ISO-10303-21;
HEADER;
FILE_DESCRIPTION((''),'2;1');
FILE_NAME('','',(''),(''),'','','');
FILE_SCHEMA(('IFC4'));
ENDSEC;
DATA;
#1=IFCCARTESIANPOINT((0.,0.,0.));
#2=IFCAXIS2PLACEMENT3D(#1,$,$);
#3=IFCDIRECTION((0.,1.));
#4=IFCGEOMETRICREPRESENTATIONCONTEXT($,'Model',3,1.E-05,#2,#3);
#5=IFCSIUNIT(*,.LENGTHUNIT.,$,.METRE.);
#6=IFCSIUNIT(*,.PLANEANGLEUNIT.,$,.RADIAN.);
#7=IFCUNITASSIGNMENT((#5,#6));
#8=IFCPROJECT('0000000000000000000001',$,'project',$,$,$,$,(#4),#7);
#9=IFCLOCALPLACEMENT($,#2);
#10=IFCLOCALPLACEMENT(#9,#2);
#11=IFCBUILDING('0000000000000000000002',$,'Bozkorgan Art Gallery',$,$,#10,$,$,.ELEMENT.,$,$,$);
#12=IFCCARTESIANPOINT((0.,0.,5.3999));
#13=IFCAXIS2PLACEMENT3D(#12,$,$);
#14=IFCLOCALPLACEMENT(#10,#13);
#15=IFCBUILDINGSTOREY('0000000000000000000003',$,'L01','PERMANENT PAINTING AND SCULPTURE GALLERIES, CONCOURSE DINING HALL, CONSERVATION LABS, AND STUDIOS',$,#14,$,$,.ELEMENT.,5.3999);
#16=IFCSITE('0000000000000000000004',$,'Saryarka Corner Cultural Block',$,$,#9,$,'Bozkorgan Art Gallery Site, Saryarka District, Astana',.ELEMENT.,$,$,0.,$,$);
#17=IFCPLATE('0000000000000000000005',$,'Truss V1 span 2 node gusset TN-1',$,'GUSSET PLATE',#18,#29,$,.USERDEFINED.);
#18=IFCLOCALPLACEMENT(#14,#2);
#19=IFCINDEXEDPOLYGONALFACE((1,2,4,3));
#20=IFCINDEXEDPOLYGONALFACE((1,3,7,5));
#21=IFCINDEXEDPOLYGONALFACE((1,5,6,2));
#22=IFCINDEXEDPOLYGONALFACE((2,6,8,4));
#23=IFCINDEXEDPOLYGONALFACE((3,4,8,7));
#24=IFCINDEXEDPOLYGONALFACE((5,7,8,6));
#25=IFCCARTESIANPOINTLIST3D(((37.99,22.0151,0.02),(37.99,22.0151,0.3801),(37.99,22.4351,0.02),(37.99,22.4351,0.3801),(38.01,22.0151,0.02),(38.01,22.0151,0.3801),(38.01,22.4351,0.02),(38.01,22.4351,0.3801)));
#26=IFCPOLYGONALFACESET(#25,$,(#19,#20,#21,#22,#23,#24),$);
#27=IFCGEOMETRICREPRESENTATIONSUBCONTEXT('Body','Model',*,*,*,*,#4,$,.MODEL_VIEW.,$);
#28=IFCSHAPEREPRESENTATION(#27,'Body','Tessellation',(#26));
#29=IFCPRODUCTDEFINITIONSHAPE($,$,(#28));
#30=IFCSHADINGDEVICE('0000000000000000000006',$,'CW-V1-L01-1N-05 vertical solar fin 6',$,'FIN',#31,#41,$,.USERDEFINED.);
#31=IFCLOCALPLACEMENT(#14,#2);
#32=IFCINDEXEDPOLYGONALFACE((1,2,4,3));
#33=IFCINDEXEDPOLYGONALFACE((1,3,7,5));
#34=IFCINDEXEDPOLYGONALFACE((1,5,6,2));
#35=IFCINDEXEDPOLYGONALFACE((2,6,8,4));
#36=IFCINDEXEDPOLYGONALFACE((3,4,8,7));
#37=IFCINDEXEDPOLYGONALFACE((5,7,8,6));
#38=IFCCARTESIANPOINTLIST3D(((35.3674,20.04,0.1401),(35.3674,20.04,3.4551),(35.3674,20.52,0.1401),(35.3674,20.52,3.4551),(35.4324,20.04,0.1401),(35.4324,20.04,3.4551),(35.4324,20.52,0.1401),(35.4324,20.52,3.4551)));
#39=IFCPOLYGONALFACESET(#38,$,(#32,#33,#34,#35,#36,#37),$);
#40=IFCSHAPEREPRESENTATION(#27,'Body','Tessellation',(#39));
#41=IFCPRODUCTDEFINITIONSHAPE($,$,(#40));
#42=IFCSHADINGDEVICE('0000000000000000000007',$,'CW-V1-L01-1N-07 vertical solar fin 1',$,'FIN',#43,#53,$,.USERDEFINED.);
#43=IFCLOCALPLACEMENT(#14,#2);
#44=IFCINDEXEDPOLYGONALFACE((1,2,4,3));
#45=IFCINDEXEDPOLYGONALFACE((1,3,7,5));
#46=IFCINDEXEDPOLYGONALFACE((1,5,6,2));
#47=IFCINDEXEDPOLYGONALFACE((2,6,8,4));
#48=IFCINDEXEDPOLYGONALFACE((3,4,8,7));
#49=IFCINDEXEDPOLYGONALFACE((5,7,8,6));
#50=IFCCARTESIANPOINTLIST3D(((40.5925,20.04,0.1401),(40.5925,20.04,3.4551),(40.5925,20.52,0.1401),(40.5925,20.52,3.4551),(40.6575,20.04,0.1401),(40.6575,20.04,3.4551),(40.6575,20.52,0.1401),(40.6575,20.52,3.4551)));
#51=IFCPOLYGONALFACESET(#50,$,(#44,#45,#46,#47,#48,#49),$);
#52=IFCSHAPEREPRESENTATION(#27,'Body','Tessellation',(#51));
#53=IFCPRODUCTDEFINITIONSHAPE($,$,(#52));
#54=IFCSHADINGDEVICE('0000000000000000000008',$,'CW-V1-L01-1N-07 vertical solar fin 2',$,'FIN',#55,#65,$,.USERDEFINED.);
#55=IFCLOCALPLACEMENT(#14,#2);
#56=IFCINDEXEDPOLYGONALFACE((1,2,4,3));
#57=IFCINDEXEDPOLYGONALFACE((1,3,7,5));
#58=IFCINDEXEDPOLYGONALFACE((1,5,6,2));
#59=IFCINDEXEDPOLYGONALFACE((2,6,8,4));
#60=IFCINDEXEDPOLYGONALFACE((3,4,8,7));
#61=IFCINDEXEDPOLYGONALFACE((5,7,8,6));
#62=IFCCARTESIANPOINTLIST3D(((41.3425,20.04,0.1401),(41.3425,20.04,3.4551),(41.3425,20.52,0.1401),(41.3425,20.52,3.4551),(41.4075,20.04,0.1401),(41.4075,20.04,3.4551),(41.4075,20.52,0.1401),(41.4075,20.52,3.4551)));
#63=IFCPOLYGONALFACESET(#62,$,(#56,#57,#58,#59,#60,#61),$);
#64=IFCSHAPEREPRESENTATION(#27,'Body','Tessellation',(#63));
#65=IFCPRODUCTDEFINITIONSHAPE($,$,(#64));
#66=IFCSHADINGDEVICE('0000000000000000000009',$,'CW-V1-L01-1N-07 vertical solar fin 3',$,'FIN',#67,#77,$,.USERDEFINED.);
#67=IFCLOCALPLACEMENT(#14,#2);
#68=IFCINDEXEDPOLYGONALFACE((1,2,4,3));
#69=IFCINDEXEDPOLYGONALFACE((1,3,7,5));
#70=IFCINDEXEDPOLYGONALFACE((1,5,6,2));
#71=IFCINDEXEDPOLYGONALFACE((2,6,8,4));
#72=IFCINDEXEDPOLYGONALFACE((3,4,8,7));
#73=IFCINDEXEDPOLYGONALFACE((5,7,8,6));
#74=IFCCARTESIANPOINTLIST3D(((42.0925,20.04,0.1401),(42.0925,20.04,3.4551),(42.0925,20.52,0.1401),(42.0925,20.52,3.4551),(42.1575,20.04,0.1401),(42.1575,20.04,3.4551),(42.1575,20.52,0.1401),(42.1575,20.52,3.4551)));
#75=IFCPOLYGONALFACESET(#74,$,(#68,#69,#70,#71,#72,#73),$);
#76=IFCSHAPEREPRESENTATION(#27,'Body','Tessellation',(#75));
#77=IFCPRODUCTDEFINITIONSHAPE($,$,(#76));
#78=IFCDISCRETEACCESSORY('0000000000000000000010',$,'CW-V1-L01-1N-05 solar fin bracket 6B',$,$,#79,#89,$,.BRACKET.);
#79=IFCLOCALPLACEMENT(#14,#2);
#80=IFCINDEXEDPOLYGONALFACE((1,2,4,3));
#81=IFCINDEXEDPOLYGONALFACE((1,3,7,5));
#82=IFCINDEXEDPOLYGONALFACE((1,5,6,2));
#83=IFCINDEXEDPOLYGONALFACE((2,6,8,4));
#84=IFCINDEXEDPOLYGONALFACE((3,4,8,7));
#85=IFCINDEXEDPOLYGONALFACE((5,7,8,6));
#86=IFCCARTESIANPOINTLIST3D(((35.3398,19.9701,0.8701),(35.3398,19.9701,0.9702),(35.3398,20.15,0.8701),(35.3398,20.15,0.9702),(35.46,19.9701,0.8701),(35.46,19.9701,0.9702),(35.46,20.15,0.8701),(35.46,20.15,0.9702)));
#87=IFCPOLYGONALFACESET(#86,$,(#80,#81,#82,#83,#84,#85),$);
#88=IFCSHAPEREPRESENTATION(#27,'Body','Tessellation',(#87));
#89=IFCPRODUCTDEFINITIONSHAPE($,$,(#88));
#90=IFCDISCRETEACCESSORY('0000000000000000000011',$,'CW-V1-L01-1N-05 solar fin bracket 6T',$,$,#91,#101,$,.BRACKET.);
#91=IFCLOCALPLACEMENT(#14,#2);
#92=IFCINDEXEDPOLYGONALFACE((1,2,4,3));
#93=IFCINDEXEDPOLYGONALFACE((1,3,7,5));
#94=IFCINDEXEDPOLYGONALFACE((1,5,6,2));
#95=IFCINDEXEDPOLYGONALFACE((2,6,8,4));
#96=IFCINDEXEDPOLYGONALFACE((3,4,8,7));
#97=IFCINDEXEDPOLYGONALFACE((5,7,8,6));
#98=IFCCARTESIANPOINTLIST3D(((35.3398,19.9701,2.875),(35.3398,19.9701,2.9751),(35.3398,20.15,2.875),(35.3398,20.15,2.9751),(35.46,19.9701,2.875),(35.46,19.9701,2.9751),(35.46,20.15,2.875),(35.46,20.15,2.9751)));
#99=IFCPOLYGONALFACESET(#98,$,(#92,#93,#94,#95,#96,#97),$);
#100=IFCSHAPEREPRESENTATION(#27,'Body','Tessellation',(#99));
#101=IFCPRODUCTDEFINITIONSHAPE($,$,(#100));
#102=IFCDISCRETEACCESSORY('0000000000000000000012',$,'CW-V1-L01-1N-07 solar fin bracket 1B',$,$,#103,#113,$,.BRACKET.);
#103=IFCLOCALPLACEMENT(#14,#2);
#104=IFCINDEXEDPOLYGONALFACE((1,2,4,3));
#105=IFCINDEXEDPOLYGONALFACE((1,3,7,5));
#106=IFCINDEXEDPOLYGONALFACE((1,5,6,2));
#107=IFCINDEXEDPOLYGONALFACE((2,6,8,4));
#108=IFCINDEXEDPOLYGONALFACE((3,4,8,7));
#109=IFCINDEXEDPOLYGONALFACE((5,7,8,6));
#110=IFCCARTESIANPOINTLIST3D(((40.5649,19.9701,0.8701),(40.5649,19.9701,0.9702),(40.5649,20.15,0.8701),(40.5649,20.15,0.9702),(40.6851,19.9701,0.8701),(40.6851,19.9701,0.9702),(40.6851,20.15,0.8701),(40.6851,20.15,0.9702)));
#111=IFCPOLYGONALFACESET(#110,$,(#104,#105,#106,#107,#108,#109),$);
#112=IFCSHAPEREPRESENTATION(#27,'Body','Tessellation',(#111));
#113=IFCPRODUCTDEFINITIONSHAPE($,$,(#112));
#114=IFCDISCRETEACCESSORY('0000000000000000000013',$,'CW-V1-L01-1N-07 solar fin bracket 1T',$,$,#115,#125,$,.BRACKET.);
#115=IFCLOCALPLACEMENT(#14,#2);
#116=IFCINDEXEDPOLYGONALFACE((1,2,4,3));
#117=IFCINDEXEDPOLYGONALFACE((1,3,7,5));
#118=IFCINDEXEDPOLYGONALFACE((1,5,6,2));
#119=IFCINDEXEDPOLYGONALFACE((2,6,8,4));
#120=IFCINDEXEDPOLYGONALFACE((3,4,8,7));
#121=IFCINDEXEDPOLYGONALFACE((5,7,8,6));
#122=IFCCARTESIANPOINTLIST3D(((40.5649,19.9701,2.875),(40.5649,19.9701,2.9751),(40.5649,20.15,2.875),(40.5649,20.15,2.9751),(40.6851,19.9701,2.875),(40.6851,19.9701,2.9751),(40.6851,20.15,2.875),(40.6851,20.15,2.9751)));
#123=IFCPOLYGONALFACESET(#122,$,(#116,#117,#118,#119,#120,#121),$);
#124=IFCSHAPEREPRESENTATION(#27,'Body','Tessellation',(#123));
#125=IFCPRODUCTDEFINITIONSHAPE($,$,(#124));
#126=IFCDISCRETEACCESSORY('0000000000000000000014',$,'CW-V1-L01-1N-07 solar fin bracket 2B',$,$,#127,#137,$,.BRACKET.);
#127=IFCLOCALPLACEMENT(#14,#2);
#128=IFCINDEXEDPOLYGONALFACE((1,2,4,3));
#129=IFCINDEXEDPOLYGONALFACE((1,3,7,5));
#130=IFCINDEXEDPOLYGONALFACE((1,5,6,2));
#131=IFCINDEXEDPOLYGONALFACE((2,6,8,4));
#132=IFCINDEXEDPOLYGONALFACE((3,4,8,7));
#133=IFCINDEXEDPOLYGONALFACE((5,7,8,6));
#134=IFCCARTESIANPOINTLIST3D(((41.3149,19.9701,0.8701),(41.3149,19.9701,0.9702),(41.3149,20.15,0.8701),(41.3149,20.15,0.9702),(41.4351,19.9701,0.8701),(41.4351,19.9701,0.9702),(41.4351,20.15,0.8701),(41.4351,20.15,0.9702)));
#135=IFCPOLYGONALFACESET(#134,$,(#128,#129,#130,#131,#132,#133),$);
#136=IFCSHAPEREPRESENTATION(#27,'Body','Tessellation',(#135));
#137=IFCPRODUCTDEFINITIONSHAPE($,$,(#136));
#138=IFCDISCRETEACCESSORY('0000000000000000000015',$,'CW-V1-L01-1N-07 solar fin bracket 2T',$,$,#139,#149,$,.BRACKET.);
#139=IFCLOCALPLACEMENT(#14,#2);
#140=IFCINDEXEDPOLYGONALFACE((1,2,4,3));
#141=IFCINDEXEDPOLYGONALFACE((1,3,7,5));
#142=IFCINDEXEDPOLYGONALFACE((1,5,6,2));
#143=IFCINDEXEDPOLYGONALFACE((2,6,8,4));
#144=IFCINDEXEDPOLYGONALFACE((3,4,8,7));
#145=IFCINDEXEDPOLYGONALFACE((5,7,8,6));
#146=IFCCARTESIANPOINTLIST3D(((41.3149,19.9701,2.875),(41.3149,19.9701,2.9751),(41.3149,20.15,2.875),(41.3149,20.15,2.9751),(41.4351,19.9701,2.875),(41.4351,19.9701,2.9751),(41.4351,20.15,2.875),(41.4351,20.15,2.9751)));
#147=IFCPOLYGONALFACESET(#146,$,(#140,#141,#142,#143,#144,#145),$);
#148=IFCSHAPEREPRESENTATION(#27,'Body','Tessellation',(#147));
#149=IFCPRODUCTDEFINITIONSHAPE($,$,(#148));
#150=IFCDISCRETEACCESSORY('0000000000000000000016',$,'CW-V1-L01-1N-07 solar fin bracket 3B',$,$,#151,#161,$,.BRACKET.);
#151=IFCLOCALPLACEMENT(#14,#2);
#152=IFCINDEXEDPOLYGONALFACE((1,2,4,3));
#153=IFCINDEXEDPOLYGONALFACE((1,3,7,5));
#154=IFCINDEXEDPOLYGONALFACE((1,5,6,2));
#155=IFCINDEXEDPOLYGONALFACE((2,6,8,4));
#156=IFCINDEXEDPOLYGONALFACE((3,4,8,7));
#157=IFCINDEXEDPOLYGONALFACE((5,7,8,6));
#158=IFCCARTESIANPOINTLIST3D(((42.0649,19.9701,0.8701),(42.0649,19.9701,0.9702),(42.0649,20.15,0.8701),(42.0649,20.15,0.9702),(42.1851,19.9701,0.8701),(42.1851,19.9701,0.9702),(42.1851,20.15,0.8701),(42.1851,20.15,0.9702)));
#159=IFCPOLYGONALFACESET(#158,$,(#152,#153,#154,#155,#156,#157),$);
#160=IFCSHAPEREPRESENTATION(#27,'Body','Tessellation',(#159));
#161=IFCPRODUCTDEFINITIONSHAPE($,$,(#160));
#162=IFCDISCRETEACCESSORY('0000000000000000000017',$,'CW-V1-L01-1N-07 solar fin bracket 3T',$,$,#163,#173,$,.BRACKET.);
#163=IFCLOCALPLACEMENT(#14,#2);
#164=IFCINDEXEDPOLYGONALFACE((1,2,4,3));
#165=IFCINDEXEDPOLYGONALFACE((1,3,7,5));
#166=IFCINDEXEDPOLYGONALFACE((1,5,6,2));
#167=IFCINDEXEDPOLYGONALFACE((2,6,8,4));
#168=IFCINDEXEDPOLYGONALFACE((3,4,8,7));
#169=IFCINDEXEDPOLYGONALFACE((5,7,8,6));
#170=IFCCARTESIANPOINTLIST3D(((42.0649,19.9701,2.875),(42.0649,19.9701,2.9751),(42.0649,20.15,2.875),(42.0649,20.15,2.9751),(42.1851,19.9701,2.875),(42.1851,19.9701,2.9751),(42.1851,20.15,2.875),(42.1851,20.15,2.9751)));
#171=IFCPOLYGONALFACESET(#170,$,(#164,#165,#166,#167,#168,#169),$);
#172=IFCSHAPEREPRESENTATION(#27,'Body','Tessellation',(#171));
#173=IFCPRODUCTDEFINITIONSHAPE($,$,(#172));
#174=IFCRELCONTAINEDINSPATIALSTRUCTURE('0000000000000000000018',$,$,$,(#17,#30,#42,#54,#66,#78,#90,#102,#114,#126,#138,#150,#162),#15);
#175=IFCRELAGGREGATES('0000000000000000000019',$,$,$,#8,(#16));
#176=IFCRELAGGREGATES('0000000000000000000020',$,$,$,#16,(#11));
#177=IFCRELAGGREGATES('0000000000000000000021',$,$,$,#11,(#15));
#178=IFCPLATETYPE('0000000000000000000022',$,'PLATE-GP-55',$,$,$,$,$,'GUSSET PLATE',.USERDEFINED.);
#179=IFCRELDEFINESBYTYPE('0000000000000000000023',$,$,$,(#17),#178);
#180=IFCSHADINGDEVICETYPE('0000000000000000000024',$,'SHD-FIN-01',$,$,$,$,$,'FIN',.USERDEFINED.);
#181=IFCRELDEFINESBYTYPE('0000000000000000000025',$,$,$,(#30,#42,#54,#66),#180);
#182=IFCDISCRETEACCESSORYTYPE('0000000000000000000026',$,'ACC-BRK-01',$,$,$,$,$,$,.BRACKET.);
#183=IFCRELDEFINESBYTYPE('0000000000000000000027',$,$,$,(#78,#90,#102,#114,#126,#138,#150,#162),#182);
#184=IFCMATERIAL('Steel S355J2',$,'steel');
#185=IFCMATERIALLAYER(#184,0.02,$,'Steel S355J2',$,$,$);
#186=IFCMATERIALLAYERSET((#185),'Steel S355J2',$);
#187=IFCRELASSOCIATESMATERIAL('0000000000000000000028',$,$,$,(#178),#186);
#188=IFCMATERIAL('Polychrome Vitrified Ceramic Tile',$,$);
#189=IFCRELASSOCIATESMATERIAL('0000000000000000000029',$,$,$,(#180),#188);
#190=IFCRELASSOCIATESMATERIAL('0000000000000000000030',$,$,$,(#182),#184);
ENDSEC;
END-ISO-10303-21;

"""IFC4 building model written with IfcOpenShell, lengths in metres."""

from ifc_helpers import new_model, si_unit, direction, frame, origin, origin_2d, place, context, subcontext, project, spatial, rectangle, extrude, material, layer, layer_set, type_object, element, save


model = new_model("IFC4")

# Units and contexts
model_context = context("Model", 3, precision=1e-05, world=origin(), true_north=direction((0.0, 1.0)))
body_context = subcontext(model_context, "Body", "Model", "MODEL_VIEW")
ifc_project = project(units=[si_unit("LENGTHUNIT", "METRE"), si_unit("PLANEANGLEUNIT", "RADIAN")], contexts=[model_context])

# Site, building, storey
site_placement = place(None, origin())
site = spatial("IfcSite", under=ifc_project, at=site_placement, Name="Saryarka Corner Cultural Block", LongName="Bozkorgan Art Gallery Site, Saryarka District, Astana", CompositionType="ELEMENT", RefElevation=0.0)
building_placement = place(site_placement, origin())
building = spatial("IfcBuilding", under=site, at=building_placement, Name="Bozkorgan Art Gallery", CompositionType="ELEMENT")
storey_placement = place(building_placement, frame((0.0, 0.0, 5.3999)))
storey = spatial("IfcBuildingStorey", under=building, at=storey_placement, Name="L01", Description="PERMANENT PAINTING AND SCULPTURE GALLERIES, CONCOURSE DINING HALL, CONSERVATION LABS, AND STUDIOS", CompositionType="ELEMENT", Elevation=5.3999)

# Shared definitions
ifc_material_1 = material(Name="Steel S355J2", Category="steel")

# Plate
ifc_layer_1 = layer(ifc_material_1, 0.02, Name="Steel S355J2")
ifc_layer_set_1 = layer_set([ifc_layer_1], Name="Steel S355J2")
plate_type_1 = type_object("IfcPlateType", Name="PLATE-GP-55", ElementType="GUSSET PLATE", PredefinedType="USERDEFINED", material=ifc_layer_set_1)
plate_1_placement = place(storey_placement, frame((38.0, 22.2251, 0.02), z_axis=(0.0, 0.0, 1.0), x_axis=(1.0, 0.0, 0.0)))
element("IfcPlate", 1, at=plate_1_placement, inside=storey, type_object=plate_type_1, Name="Truss V1 span 2 node gusset TN-1", ObjectType="GUSSET PLATE", PredefinedType="USERDEFINED", context=body_context, shape_type="SweptSolid", body=[
    extrude(rectangle(XDim=0.02, YDim=0.4199, at=origin_2d()), origin(), (0.0, 0.0, 1.0), 0.3601),
])

# Shading devices
ifc_material_2 = material(Name="Polychrome Vitrified Ceramic Tile")
shading_device_type = type_object("IfcShadingDeviceType", Name="SHD-FIN-01", ElementType="FIN", PredefinedType="USERDEFINED", material=ifc_material_2)
for number, where, z_axis, x_axis, name in (
    (2, (35.3999, 20.28, 0.1401), (0.0, 0.0, 1.0), (0.0, 1.0, 0.0), "CW-V1-L01-1N-05 vertical solar fin 6"),
    (3, (40.625, 20.28, 0.1401), (0.0, 0.0, 1.0), (0.0, 1.0, 0.0), "CW-V1-L01-1N-07 vertical solar fin 1"),
    (4, (41.375, 20.28, 0.1401), (0.0, 0.0, 1.0), (0.0, 1.0, 0.0), "CW-V1-L01-1N-07 vertical solar fin 2"),
    (5, (42.125, 20.28, 0.1401), (0.0, 0.0, 1.0), (0.0, 1.0, 0.0), "CW-V1-L01-1N-07 vertical solar fin 3"),
):
    element("IfcShadingDevice", number, at=place(storey_placement, frame(where, z_axis=z_axis, x_axis=x_axis)), inside=storey, type_object=shading_device_type, Name=name, ObjectType="FIN", PredefinedType="USERDEFINED", context=body_context, shape_type="SweptSolid", body=[
        extrude(rectangle(XDim=0.48, YDim=0.0649, at=origin_2d()), origin(), (0.0, 0.0, 1.0), 3.3149),
    ])

# Discrete accessories
discrete_accessory_type = type_object("IfcDiscreteAccessoryType", Name="ACC-BRK-01", PredefinedType="BRACKET", material=ifc_material_1)
for number, where, z_axis, x_axis, name in (
    (6, (35.3999, 20.0601, 0.8701), (0.0, 0.0, 1.0), (0.0, 1.0, 0.0), "CW-V1-L01-1N-05 solar fin bracket 6B"),
    (7, (35.3999, 20.0601, 2.875), (0.0, 0.0, 1.0), (0.0, 1.0, 0.0), "CW-V1-L01-1N-05 solar fin bracket 6T"),
    (8, (40.625, 20.0601, 0.8701), (0.0, 0.0, 1.0), (0.0, 1.0, 0.0), "CW-V1-L01-1N-07 solar fin bracket 1B"),
    (9, (40.625, 20.0601, 2.875), (0.0, 0.0, 1.0), (0.0, 1.0, 0.0), "CW-V1-L01-1N-07 solar fin bracket 1T"),
    (10, (41.375, 20.0601, 0.8701), (0.0, 0.0, 1.0), (0.0, 1.0, 0.0), "CW-V1-L01-1N-07 solar fin bracket 2B"),
    (11, (41.375, 20.0601, 2.875), (0.0, 0.0, 1.0), (0.0, 1.0, 0.0), "CW-V1-L01-1N-07 solar fin bracket 2T"),
    (12, (42.125, 20.0601, 0.8701), (0.0, 0.0, 1.0), (0.0, 1.0, 0.0), "CW-V1-L01-1N-07 solar fin bracket 3B"),
    (13, (42.125, 20.0601, 2.875), (0.0, 0.0, 1.0), (0.0, 1.0, 0.0), "CW-V1-L01-1N-07 solar fin bracket 3T"),
):
    element("IfcDiscreteAccessory", number, at=place(storey_placement, frame(where, z_axis=z_axis, x_axis=x_axis)), inside=storey, type_object=discrete_accessory_type, Name=name, PredefinedType="BRACKET", context=body_context, shape_type="SweptSolid", body=[
        extrude(rectangle(XDim=0.1799, YDim=0.1201, at=origin_2d()), origin(), (0.0, 0.0, 1.0), 0.1001),
    ])

save(model, "model.ifc")
